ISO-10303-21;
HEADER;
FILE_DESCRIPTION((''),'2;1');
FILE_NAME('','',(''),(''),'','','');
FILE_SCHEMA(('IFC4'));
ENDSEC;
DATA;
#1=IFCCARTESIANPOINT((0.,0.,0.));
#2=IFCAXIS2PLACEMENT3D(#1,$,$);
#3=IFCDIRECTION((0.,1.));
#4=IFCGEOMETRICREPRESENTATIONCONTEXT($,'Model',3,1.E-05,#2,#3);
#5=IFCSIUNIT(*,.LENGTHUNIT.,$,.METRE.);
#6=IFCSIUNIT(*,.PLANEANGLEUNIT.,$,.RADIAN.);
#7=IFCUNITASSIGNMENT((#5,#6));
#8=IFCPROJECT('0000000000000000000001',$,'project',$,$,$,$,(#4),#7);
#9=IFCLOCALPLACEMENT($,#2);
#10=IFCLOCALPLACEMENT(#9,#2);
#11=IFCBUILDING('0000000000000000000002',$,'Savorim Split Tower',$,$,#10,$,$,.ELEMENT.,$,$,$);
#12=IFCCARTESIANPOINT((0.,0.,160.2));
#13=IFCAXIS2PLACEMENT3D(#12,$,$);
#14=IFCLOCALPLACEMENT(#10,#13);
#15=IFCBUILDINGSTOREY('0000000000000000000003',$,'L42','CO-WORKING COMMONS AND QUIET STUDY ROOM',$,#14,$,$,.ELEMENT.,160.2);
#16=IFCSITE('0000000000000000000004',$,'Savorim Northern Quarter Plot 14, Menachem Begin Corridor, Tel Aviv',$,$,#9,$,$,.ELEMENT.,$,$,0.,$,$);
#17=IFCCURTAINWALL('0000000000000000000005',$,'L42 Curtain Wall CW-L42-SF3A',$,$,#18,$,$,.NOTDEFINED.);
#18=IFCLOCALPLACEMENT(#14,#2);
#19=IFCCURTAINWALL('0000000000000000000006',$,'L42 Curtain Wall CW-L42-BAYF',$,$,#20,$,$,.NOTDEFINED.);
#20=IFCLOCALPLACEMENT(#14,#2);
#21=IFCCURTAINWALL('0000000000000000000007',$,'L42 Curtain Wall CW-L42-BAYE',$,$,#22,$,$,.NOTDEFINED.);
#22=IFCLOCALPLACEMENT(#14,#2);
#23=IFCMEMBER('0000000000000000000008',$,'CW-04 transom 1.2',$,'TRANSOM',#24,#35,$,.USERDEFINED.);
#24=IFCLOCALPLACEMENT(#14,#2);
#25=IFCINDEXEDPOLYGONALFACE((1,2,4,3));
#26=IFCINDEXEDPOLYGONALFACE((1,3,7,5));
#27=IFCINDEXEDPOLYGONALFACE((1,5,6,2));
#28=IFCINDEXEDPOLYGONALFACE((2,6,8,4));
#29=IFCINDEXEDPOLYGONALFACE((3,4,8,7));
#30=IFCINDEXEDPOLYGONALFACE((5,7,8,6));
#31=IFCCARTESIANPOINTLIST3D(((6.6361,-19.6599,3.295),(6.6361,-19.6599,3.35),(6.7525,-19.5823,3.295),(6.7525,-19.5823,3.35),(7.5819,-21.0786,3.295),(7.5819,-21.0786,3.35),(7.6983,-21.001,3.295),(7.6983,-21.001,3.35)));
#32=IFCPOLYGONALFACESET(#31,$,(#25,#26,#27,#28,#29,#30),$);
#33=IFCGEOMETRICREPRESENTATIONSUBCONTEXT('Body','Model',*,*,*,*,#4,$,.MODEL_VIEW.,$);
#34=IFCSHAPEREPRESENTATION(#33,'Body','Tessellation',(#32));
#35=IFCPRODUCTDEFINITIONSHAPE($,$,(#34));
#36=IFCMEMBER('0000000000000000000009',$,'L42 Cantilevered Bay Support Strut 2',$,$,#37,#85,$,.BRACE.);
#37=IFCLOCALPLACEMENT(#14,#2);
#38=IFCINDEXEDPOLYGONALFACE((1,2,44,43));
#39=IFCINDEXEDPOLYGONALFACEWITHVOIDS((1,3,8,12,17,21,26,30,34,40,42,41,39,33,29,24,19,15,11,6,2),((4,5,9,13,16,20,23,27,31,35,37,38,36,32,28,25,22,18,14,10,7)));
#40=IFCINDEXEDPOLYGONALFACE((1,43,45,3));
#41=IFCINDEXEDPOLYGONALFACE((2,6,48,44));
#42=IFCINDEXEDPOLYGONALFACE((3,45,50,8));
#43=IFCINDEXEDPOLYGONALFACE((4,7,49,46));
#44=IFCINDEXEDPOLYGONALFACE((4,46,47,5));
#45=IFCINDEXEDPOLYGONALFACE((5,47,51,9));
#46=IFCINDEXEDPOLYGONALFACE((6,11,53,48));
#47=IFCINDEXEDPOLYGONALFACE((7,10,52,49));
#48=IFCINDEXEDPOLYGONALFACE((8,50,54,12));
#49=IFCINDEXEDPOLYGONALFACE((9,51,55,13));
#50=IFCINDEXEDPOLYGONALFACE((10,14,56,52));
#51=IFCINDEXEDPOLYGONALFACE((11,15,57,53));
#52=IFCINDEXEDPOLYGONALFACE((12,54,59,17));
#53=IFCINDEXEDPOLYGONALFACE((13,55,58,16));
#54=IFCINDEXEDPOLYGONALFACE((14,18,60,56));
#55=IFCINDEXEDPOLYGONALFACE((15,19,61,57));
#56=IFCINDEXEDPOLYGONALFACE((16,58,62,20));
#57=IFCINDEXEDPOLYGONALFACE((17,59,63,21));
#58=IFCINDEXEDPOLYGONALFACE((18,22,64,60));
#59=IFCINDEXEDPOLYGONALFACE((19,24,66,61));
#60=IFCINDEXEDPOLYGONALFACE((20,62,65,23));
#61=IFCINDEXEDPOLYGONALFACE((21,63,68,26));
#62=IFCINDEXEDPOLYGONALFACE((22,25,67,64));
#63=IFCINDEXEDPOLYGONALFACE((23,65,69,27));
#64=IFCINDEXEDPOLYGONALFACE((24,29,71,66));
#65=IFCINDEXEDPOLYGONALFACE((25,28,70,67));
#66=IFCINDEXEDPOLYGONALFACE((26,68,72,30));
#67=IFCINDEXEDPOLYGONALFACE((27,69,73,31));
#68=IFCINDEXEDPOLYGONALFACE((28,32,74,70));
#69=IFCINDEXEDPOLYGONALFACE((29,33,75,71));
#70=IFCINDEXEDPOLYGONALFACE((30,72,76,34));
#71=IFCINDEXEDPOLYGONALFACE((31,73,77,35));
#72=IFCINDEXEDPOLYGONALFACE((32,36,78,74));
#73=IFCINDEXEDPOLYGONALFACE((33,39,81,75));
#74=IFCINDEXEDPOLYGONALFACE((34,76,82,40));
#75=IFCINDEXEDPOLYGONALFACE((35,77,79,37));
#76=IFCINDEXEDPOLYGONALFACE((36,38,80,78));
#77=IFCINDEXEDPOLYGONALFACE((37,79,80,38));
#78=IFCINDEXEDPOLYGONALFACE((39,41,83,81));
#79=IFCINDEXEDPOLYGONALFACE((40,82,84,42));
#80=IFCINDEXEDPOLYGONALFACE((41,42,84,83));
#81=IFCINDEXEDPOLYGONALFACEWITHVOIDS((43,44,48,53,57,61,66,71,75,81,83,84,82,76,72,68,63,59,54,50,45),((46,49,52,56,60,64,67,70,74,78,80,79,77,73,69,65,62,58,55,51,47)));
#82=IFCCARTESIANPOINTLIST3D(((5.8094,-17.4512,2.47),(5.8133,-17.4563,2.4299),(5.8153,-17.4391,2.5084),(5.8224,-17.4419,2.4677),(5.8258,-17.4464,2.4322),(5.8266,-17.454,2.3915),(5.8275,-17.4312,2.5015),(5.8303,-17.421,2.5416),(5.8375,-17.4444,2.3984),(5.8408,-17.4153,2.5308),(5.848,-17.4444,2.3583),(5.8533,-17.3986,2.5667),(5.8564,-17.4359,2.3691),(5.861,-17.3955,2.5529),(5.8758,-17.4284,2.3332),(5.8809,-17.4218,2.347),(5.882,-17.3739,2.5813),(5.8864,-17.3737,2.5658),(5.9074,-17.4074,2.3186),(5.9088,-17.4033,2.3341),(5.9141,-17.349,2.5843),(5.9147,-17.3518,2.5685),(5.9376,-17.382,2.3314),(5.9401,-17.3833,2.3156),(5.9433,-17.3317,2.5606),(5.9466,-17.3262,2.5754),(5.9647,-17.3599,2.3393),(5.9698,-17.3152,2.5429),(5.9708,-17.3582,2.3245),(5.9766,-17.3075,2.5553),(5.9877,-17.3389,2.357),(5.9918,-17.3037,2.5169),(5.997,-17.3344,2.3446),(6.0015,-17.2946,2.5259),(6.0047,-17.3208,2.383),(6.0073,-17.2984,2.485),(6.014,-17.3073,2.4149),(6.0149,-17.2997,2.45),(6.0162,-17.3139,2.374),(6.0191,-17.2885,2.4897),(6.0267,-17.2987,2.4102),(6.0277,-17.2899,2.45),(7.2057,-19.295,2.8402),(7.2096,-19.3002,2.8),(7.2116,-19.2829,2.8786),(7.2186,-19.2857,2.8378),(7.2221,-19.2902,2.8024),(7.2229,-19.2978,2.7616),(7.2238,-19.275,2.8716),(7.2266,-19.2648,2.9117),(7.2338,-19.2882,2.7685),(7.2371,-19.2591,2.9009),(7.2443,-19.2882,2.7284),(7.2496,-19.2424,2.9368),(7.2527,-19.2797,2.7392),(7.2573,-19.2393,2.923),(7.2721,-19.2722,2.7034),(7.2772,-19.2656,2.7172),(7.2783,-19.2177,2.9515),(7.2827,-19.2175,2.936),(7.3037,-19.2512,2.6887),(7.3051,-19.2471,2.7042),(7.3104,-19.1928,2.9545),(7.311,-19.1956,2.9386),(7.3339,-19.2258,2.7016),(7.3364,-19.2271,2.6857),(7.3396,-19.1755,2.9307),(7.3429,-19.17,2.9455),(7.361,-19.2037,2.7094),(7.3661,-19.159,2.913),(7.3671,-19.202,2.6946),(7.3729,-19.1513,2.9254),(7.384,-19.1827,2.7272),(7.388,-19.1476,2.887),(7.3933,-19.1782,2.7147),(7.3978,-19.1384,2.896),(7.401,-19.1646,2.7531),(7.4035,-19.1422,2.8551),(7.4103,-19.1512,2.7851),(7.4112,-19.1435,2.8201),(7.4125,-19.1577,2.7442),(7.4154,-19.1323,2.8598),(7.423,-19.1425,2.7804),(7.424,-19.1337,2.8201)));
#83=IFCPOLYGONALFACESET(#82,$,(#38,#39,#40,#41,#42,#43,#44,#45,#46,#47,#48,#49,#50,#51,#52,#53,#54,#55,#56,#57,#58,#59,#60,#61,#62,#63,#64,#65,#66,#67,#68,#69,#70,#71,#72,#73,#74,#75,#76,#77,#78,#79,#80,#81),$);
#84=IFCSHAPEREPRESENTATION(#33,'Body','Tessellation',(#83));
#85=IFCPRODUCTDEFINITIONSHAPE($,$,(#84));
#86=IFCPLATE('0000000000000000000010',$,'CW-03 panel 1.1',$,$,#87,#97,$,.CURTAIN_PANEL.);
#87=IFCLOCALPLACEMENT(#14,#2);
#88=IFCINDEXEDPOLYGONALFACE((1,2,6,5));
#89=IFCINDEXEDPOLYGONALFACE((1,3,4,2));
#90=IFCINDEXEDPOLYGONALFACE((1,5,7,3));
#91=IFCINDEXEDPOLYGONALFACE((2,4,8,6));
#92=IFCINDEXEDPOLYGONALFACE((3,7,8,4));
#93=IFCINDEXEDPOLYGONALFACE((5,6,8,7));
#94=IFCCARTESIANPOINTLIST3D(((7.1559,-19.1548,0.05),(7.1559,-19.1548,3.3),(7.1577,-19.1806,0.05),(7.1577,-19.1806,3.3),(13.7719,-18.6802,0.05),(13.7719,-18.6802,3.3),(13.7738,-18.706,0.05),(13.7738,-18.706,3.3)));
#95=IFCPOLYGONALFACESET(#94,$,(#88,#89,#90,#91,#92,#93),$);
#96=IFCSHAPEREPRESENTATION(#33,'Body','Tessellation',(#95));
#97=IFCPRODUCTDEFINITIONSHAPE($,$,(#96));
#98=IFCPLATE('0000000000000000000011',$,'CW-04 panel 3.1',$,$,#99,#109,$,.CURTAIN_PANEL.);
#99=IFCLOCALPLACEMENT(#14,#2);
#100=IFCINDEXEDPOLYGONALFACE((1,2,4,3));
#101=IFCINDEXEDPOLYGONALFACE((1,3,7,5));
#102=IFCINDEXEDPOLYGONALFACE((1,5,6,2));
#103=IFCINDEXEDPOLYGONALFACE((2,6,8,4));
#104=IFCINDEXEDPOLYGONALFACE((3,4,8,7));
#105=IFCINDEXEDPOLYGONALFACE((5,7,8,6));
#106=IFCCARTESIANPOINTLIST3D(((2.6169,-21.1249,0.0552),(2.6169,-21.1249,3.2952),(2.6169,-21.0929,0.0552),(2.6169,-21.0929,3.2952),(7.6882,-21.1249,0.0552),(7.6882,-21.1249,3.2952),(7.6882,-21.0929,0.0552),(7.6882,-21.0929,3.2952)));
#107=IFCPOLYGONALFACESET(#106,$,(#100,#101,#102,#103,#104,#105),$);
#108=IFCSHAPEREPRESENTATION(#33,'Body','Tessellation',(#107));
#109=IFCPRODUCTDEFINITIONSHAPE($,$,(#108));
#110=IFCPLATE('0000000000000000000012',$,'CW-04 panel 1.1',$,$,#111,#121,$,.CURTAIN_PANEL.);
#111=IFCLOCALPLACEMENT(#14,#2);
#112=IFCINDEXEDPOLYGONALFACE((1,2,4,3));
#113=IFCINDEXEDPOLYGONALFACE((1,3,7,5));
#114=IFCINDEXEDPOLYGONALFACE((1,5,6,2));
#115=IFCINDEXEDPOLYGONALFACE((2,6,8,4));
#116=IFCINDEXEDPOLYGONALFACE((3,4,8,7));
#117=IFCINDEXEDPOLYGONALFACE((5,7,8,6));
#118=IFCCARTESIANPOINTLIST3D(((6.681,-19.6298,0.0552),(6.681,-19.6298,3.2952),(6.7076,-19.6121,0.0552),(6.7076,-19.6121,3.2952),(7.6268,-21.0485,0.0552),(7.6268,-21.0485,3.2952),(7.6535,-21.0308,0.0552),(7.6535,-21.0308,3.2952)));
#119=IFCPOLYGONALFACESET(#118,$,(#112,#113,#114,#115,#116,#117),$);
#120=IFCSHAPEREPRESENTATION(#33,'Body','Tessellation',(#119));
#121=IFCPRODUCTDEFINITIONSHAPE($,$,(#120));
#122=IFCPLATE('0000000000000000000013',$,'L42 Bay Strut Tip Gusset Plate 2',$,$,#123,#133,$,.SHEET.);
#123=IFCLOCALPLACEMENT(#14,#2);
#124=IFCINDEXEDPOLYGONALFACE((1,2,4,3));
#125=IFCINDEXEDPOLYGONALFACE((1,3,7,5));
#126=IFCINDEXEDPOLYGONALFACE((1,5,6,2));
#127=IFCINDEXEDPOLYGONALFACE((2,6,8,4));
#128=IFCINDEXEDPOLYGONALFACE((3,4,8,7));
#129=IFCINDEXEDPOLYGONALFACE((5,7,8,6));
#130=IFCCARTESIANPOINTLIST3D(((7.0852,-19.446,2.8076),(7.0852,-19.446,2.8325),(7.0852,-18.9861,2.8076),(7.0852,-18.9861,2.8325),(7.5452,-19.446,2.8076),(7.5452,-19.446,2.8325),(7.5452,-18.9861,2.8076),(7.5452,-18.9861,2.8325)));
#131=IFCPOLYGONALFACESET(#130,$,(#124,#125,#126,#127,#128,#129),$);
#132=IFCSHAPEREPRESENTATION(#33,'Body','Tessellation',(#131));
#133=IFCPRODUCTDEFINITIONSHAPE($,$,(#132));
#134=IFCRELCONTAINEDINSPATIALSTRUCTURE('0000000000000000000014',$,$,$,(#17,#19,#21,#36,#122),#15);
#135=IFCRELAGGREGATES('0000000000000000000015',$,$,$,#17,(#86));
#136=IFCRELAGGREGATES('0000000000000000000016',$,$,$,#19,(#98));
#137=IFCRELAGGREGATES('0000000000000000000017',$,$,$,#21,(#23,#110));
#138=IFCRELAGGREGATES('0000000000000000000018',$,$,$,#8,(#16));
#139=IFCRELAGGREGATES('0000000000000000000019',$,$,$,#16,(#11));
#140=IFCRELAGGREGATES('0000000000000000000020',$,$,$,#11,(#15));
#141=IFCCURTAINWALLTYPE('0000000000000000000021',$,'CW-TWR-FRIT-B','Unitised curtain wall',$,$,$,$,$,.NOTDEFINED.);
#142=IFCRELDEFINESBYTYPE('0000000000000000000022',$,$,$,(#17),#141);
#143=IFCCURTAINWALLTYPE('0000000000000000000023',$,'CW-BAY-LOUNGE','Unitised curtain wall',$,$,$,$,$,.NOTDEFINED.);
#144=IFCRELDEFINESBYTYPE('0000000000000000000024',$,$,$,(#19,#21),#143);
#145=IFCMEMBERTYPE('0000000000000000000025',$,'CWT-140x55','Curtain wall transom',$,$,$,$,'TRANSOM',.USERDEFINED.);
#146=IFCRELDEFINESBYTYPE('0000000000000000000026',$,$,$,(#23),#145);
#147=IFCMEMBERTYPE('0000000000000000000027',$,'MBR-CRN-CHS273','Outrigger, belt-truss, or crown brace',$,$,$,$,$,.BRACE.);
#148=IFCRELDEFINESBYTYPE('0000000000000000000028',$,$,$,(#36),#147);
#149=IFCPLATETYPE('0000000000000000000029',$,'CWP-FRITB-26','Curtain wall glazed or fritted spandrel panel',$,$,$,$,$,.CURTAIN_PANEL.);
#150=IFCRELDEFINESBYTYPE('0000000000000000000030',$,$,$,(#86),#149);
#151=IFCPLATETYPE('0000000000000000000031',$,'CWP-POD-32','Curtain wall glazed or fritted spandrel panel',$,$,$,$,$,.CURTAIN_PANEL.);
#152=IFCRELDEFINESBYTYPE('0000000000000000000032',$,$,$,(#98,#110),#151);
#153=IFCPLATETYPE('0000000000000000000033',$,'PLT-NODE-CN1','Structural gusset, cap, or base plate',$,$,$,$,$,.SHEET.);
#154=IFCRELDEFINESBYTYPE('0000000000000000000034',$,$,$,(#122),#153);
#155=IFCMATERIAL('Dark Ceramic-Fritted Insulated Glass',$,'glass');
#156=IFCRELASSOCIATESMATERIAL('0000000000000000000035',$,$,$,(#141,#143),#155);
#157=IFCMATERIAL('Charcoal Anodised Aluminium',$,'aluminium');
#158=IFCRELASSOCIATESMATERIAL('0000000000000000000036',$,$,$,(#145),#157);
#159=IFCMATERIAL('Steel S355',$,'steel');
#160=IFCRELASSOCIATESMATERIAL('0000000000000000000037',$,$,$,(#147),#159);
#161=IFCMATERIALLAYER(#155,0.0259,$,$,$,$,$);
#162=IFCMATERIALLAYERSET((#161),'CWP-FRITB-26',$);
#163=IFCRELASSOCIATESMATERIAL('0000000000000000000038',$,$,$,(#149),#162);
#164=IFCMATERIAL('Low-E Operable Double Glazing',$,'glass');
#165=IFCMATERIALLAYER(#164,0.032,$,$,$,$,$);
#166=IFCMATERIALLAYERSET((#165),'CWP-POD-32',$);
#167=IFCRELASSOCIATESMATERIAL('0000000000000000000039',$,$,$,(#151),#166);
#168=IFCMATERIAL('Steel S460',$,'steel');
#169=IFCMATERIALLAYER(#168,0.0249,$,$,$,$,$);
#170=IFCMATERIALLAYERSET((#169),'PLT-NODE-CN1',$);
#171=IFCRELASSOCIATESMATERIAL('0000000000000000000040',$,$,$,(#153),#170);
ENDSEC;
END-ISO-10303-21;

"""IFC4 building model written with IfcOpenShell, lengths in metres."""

from ifc_helpers import new_model, si_unit, direction, frame, origin, origin_2d, place, context, subcontext, project, spatial, rectangle, hollow_circle, extrude, material, layer, layer_set, material_profile, profile_set, type_object, element, aggregate, save


model = new_model("IFC4")

# Units and contexts
model_context = context("Model", 3, precision=1e-05, world=origin(), true_north=direction((0.0, 1.0)))
body_context = subcontext(model_context, "Body", "Model", "MODEL_VIEW")
ifc_project = project(units=[si_unit("LENGTHUNIT", "METRE"), si_unit("PLANEANGLEUNIT", "RADIAN")], contexts=[model_context])

# Site, building, storey
site_placement = place(None, origin())
site = spatial("IfcSite", under=ifc_project, at=site_placement, Name="Savorim Northern Quarter Plot 14, Menachem Begin Corridor, Tel Aviv", CompositionType="ELEMENT", RefElevation=0.0)
building_placement = place(site_placement, origin())
building = spatial("IfcBuilding", under=site, at=building_placement, Name="Savorim Split Tower", CompositionType="ELEMENT")
storey_placement = place(building_placement, frame((0.0, 0.0, 160.2)))
storey = spatial("IfcBuildingStorey", under=building, at=storey_placement, Name="L42", Description="CO-WORKING COMMONS AND QUIET STUDY ROOM", CompositionType="ELEMENT", Elevation=160.2)

# Shared definitions
ifc_material_1 = material(Name="Steel S460", Category="steel")

# Curtain wall
ifc_material_2 = material(Name="Dark Ceramic-Fritted Insulated Glass", Category="glass")
curtain_wall_type_1 = type_object("IfcCurtainWallType", Name="CW-TWR-FRIT-B", Description="Unitised curtain wall", PredefinedType="NOTDEFINED", material=ifc_material_2)
curtain_wall_1_placement = place(storey_placement, origin())
curtain_wall_1 = element("IfcCurtainWall", 1, at=curtain_wall_1_placement, inside=storey, type_object=curtain_wall_type_1, Name="L42 Curtain Wall CW-L42-SF3A", PredefinedType="NOTDEFINED")
ifc_material_3 = material(Name="Charcoal Anodised Aluminium", Category="aluminium")

# Curtain walls
curtain_wall_type_2 = type_object("IfcCurtainWallType", Name="CW-BAY-LOUNGE", Description="Unitised curtain wall", PredefinedType="NOTDEFINED", material=ifc_material_2)
curtain_wall_2_placement = place(storey_placement, origin())
curtain_wall_2 = element("IfcCurtainWall", 2, at=curtain_wall_2_placement, inside=storey, type_object=curtain_wall_type_2, Name="L42 Curtain Wall CW-L42-BAYF", PredefinedType="NOTDEFINED")
curtain_wall_3_placement = place(storey_placement, origin())
curtain_wall_3 = element("IfcCurtainWall", 3, at=curtain_wall_3_placement, inside=storey, type_object=curtain_wall_type_2, Name="L42 Curtain Wall CW-L42-BAYE", PredefinedType="NOTDEFINED")

# Members
ifc_material_profile_1 = material_profile(ifc_material_3, rectangle(XDim=0.1399, YDim=0.0549, at=origin_2d()), Name="ALU-T 140x55")
ifc_profile_set_1 = profile_set([ifc_material_profile_1], Name="Charcoal Anodised Aluminium")
member_type_1 = type_object("IfcMemberType", Name="CWT-140x55", Description="Curtain wall transom", ElementType="TRANSOM", PredefinedType="USERDEFINED", material=ifc_profile_set_1)
member_1_placement = place(storey_placement, frame((7.6401, -21.0398, 3.3225), z_axis=(-0.5547, 0.83205, 0.0), x_axis=(-0.83205, -0.5547, 0.0)))
member_1 = element("IfcMember", 4, at=member_1_placement, type_object=member_type_1, Name="CW-04 transom 1.2", ObjectType="TRANSOM", PredefinedType="USERDEFINED", context=body_context, shape_type="SweptSolid", body=[
    extrude(rectangle(XDim=0.1399, YDim=0.0549, at=origin_2d()), origin(), (0.0, 0.0, 1.0), 1.7051),
])
ifc_material_4 = material(Name="Steel S355", Category="steel")
ifc_material_profile_2 = material_profile(ifc_material_4, hollow_circle(Radius=0.1365, WallThickness=0.0161, at=origin_2d()), Name="CHS 273x16")
ifc_profile_set_2 = profile_set([ifc_material_profile_2], Name="Steel S355")
member_type_2 = type_object("IfcMemberType", Name="MBR-CRN-CHS273", Description="Outrigger, belt-truss, or crown brace", PredefinedType="BRACE", material=ifc_profile_set_2)
member_2_placement = place(storey_placement, frame((5.9189, -17.3723, 2.45), z_axis=(0.596124, -0.787188, 0.158021), x_axis=(0.797205, 0.603709, 0.0)))
element("IfcMember", 5, at=member_2_placement, inside=storey, type_object=member_type_2, Name="L42 Cantilevered Bay Support Strut 2", PredefinedType="BRACE", context=body_context, shape_type="SweptSolid", body=[
    extrude(hollow_circle(Radius=0.1365, WallThickness=0.0161, at=origin_2d()), origin(), (0.0, 0.0, 1.0), 2.3423),
])

# Plates
ifc_layer_1 = layer(ifc_material_2, 0.0259)
ifc_layer_set_1 = layer_set([ifc_layer_1], Name="CWP-FRITB-26")
plate_type_1 = type_object("IfcPlateType", Name="CWP-FRITB-26", Description="Curtain wall glazed or fritted spandrel panel", PredefinedType="CURTAIN_PANEL", material=ifc_layer_set_1)
plate_1_placement = place(storey_placement, frame((10.4648, -18.9304, 0.05), z_axis=(0.0, 0.0, 1.0), x_axis=(0.997437, 0.071553, 0.0)))
plate_1 = element("IfcPlate", 6, at=plate_1_placement, type_object=plate_type_1, Name="CW-03 panel 1.1", PredefinedType="CURTAIN_PANEL", context=body_context, shape_type="SweptSolid", body=[
    extrude(rectangle(XDim=6.6331, YDim=0.0259, at=origin_2d()), origin(), (0.0, 0.0, 1.0), 3.25),
])
aggregate(curtain_wall_1, [plate_1])
ifc_material_5 = material(Name="Low-E Operable Double Glazing", Category="glass")
ifc_layer_2 = layer(ifc_material_5, 0.032)
ifc_layer_set_2 = layer_set([ifc_layer_2], Name="CWP-POD-32")
plate_type_2 = type_object("IfcPlateType", Name="CWP-POD-32", Description="Curtain wall glazed or fritted spandrel panel", PredefinedType="CURTAIN_PANEL", material=ifc_layer_set_2)
plate_2_placement = place(storey_placement, frame((5.1526, -21.1089, 0.0552), z_axis=(0.0, 0.0, 1.0), x_axis=(1.0, 0.0, 0.0)))
plate_2 = element("IfcPlate", 7, at=plate_2_placement, type_object=plate_type_2, Name="CW-04 panel 3.1", PredefinedType="CURTAIN_PANEL", context=body_context, shape_type="SweptSolid", body=[
    extrude(rectangle(XDim=5.0713, YDim=0.032, at=origin_2d()), origin(), (0.0, 0.0, 1.0), 3.24),
])
aggregate(curtain_wall_2, [plate_2])
plate_3_placement = place(storey_placement, frame((7.1672, -20.3303, 0.0552), z_axis=(0.0, 0.0, 1.0), x_axis=(-0.554713, 0.832042, 0.0)))
plate_3 = element("IfcPlate", 8, at=plate_3_placement, type_object=plate_type_2, Name="CW-04 panel 1.1", PredefinedType="CURTAIN_PANEL", context=body_context, shape_type="SweptSolid", body=[
    extrude(rectangle(XDim=1.7051, YDim=0.032, at=origin_2d()), origin(), (0.0, 0.0, 1.0), 3.24),
])
aggregate(curtain_wall_3, [member_1, plate_3])
ifc_layer_3 = layer(ifc_material_1, 0.0249)
ifc_layer_set_3 = layer_set([ifc_layer_3], Name="PLT-NODE-CN1")
plate_type_3 = type_object("IfcPlateType", Name="PLT-NODE-CN1", Description="Structural gusset, cap, or base plate", PredefinedType="SHEET", material=ifc_layer_set_3)
plate_4_placement = place(storey_placement, frame((7.3152, -19.2161, 2.8076), z_axis=(0.0, 0.0, 1.0), x_axis=(1.0, 0.0, 0.0)))
element("IfcPlate", 9, at=plate_4_placement, inside=storey, type_object=plate_type_3, Name="L42 Bay Strut Tip Gusset Plate 2", PredefinedType="SHEET", context=body_context, shape_type="SweptSolid", body=[
    extrude(rectangle(XDim=0.46, YDim=0.46, at=origin_2d()), origin(), (0.0, 0.0, 1.0), 0.0249),
])

save(model, "model.ifc")
